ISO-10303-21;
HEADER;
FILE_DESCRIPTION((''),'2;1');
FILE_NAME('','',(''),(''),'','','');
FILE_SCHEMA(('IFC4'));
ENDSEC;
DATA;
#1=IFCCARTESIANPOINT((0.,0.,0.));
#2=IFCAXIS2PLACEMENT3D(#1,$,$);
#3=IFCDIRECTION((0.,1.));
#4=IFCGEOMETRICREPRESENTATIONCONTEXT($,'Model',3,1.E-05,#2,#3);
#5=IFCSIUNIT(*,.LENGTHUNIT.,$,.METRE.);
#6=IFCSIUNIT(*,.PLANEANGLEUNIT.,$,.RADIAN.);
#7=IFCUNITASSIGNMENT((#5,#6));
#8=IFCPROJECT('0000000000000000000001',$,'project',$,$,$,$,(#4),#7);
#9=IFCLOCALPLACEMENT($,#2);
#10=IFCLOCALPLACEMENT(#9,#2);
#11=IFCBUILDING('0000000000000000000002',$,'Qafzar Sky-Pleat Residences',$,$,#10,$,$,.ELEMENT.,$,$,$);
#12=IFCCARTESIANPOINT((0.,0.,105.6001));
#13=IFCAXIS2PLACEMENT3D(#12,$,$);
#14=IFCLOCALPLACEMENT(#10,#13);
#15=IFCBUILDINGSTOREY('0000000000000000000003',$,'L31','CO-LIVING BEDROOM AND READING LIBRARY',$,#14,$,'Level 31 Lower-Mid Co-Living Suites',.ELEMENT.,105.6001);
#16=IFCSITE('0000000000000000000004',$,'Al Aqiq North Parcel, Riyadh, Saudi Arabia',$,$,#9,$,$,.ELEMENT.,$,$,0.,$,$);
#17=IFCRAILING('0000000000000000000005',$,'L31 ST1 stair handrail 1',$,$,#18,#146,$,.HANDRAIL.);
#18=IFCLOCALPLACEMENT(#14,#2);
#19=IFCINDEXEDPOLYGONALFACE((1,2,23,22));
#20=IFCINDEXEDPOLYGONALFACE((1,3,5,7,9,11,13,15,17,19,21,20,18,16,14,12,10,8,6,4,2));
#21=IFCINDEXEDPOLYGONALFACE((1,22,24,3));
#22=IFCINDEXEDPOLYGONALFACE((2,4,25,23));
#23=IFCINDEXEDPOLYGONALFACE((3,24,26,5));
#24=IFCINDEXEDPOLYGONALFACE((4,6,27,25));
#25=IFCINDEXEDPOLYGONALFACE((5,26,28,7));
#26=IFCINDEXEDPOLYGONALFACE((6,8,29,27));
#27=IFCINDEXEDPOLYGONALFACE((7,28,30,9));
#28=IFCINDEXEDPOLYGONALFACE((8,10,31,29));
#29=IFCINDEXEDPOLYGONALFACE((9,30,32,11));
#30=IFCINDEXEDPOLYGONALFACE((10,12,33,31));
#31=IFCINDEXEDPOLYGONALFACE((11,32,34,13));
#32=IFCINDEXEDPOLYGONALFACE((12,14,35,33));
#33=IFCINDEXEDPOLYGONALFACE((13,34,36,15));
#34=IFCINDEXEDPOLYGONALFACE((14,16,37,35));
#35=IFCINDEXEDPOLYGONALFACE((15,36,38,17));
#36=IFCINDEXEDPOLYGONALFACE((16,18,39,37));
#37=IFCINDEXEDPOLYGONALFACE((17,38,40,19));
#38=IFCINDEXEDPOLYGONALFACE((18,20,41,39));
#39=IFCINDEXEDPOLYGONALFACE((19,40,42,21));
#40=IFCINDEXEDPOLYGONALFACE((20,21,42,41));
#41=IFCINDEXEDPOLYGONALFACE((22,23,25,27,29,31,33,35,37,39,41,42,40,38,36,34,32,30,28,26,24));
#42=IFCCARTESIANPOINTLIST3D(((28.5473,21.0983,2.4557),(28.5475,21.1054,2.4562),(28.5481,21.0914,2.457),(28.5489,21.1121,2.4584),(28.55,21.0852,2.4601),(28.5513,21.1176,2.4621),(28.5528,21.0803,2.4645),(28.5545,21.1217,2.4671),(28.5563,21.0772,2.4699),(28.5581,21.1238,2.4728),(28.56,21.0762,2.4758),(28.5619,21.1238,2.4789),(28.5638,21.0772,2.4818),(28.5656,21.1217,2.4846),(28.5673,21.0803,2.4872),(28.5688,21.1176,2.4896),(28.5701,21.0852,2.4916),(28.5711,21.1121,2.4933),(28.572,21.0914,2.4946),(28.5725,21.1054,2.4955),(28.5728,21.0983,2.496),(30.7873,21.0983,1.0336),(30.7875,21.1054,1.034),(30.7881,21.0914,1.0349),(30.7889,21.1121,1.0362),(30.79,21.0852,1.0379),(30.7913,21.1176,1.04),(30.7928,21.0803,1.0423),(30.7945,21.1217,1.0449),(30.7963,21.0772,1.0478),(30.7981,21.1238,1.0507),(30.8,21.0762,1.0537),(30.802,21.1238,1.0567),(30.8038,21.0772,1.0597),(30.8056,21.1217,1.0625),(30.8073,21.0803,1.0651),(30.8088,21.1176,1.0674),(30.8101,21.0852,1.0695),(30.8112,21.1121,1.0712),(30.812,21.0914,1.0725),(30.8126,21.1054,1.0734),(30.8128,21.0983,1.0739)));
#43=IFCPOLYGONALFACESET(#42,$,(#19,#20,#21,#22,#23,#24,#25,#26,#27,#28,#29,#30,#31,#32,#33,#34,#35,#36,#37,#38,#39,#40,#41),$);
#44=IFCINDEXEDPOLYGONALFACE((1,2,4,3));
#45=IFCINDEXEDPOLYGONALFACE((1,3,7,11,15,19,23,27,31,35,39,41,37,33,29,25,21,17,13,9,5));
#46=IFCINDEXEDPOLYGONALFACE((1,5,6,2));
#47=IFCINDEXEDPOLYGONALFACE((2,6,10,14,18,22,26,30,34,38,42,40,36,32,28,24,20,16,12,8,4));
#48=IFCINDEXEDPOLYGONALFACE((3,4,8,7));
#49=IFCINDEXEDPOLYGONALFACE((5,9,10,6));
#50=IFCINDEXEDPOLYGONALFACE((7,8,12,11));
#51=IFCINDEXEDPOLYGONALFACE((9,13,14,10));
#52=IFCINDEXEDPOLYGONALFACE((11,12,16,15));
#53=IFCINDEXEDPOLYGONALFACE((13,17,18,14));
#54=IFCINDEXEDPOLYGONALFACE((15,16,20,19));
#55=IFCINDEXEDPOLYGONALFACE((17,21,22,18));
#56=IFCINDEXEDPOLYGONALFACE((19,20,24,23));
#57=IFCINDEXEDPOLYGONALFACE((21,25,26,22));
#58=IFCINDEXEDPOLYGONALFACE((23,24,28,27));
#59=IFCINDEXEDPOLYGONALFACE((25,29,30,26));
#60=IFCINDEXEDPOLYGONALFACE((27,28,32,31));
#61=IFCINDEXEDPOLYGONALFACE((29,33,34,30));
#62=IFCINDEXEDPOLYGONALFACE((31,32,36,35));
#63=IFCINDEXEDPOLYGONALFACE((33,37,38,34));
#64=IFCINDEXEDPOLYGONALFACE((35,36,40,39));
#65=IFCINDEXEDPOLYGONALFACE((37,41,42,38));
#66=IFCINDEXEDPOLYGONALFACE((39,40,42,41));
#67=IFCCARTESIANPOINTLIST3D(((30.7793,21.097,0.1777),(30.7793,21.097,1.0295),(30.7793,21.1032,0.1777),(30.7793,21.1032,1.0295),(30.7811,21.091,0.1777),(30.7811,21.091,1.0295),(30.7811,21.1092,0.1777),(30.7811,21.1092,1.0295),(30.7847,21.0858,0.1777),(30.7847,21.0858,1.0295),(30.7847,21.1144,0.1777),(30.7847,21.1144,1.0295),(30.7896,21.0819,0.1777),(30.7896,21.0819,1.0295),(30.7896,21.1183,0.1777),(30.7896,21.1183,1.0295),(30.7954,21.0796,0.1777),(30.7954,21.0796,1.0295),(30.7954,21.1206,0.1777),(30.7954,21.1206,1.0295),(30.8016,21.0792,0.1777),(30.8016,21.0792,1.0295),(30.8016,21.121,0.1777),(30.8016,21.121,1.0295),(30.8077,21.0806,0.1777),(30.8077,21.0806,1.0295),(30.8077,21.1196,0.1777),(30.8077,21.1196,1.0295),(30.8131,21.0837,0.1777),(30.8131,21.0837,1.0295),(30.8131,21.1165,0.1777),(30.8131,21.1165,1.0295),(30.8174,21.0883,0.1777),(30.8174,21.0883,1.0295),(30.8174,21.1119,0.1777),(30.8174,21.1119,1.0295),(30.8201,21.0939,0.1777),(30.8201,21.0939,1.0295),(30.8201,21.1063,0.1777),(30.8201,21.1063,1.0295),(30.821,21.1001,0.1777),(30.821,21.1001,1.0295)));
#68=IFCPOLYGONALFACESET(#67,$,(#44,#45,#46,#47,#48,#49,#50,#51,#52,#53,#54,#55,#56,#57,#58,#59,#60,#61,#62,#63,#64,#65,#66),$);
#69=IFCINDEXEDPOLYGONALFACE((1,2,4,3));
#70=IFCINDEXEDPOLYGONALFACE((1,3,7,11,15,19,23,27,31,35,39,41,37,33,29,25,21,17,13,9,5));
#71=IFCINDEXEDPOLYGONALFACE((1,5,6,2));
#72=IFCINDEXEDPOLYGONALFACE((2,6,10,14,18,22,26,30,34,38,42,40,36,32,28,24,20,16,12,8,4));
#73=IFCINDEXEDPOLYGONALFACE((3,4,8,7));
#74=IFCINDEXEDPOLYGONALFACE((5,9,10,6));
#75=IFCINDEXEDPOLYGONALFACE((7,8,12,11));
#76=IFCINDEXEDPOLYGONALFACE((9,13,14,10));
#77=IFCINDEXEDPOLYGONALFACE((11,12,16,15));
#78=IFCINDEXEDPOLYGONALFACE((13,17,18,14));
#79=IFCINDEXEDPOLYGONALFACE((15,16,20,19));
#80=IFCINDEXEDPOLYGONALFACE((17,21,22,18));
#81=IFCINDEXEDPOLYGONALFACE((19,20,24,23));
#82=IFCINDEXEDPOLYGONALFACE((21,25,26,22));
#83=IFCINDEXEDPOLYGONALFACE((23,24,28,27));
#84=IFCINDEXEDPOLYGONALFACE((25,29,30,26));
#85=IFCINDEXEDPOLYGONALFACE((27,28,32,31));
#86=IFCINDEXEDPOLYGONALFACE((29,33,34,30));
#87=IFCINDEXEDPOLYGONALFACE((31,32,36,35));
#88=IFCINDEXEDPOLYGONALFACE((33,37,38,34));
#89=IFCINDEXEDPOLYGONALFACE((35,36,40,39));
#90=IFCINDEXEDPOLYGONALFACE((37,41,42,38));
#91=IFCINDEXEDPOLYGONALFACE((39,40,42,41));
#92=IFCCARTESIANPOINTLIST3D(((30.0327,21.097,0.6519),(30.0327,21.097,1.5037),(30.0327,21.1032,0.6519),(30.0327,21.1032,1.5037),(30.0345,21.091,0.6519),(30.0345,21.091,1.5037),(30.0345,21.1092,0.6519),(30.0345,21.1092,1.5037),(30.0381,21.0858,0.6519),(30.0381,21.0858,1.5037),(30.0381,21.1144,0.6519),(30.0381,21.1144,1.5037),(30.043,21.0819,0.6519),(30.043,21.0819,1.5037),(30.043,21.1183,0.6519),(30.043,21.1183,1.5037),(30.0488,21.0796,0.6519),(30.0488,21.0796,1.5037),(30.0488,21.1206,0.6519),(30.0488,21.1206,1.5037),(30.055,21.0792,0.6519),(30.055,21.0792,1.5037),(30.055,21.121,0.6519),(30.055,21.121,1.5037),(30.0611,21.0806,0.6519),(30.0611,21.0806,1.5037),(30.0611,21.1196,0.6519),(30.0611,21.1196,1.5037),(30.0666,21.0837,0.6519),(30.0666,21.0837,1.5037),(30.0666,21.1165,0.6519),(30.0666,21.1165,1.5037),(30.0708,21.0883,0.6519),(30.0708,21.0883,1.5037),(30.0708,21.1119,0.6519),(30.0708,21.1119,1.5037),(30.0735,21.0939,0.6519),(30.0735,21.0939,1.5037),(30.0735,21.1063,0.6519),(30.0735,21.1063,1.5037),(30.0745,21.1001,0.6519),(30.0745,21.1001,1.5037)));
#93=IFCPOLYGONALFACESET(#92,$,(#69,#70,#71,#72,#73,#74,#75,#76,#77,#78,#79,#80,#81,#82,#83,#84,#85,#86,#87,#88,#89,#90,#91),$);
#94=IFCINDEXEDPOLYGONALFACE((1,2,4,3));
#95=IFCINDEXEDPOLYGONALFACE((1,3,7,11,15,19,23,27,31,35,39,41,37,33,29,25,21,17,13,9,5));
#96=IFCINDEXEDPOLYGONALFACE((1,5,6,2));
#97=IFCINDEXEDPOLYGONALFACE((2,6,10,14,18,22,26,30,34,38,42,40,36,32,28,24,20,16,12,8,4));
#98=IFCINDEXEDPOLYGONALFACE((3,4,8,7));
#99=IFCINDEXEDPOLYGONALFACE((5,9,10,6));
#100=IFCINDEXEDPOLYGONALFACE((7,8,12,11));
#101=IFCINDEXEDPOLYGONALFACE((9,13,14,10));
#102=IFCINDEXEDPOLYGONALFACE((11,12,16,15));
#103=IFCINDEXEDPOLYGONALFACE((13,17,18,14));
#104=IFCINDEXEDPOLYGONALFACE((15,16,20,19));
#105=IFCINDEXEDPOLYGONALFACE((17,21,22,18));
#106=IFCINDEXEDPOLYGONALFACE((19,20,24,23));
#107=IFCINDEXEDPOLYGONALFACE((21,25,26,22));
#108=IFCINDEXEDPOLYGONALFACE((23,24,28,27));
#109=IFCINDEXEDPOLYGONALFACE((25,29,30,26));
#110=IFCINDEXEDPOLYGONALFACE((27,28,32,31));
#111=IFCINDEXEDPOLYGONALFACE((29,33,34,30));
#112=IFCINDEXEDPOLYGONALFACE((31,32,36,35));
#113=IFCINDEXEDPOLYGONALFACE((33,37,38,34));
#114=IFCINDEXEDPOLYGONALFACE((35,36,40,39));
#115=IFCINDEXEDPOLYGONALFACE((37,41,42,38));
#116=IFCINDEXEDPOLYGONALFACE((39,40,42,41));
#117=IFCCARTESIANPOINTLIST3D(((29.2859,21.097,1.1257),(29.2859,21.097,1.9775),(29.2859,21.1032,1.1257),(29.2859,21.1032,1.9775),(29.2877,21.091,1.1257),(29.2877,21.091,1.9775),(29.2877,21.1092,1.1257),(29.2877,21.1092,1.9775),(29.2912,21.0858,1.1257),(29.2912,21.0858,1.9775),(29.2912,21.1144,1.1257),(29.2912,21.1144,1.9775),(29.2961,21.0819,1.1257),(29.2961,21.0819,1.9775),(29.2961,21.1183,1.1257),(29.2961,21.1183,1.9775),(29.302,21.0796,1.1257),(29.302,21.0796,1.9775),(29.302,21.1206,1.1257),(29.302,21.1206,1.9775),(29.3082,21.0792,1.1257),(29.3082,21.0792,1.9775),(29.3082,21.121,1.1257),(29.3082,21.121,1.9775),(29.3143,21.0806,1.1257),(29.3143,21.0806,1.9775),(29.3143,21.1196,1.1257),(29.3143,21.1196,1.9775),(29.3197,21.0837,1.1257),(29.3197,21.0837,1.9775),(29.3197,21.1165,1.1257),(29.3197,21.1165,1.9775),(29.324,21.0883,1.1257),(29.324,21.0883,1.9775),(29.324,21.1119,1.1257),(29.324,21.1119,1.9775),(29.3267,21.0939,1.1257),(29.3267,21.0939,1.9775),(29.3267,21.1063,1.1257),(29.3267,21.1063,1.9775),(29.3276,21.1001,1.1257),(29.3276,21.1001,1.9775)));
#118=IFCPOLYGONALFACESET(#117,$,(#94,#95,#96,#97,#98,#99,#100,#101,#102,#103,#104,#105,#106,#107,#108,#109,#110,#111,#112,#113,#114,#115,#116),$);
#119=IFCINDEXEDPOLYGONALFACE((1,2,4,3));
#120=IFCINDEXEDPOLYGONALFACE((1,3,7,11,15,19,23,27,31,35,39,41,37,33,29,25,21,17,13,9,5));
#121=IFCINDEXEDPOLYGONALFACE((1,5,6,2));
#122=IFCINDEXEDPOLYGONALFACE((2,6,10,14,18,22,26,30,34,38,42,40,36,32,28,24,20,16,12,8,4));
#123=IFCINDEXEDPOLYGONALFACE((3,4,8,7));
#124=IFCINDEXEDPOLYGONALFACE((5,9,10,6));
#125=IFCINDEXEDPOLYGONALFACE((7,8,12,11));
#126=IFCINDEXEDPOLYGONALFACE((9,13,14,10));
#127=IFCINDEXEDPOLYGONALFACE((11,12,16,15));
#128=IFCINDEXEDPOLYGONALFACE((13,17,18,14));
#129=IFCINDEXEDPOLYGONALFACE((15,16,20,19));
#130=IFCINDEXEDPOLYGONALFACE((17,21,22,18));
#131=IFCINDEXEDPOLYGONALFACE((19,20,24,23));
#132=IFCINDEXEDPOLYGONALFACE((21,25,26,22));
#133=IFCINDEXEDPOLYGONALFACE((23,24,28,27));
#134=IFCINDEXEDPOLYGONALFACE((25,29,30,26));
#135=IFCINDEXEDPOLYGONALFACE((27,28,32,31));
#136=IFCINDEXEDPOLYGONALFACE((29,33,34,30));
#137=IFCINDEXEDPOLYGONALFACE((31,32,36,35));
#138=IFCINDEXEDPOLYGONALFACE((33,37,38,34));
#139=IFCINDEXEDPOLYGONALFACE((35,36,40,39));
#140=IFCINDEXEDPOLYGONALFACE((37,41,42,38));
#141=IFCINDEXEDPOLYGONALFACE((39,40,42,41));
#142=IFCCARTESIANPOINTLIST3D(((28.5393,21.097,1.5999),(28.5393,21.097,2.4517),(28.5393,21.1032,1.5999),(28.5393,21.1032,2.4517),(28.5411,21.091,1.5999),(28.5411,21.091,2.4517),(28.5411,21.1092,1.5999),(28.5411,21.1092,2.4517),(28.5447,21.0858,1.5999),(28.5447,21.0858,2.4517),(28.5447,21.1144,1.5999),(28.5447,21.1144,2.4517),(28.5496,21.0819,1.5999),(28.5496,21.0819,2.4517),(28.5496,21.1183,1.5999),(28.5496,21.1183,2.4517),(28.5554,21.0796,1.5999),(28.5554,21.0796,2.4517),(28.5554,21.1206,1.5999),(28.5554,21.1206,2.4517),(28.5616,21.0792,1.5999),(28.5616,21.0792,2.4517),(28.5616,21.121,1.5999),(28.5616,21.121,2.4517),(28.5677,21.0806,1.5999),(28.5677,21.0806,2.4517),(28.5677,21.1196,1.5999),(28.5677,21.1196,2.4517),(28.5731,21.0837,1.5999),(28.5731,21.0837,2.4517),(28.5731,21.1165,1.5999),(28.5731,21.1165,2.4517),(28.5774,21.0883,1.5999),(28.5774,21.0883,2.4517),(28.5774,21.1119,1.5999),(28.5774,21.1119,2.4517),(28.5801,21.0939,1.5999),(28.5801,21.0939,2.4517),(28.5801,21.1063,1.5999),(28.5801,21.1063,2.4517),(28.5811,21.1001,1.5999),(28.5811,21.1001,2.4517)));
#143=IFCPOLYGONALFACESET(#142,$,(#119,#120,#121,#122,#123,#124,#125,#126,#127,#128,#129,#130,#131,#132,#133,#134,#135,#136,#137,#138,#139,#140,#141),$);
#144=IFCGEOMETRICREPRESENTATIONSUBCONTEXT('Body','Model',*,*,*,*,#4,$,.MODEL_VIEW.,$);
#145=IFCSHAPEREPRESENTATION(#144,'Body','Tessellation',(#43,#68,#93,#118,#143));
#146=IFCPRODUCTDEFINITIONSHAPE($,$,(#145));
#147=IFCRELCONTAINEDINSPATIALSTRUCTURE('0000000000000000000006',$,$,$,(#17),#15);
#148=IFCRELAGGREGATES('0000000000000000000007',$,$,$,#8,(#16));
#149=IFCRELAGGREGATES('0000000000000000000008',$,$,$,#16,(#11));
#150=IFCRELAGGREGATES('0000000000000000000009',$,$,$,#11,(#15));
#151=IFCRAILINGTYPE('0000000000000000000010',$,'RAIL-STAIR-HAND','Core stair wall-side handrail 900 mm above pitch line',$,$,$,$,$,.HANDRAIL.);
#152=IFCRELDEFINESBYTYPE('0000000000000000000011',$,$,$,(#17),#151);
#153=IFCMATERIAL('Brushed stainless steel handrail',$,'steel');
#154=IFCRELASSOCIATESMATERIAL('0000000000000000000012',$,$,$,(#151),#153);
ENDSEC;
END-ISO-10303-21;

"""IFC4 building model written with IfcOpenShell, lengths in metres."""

from ifc_helpers import new_model, si_unit, direction, frame, origin, origin_2d, place, context, subcontext, project, spatial, circle, extrude, source, transform, mapped, material, type_object, element, save


model = new_model("IFC4")

# Units and contexts
model_context = context("Model", 3, precision=1e-05, world=origin(), true_north=direction((0.0, 1.0)))
body_context = subcontext(model_context, "Body", "Model", "MODEL_VIEW")
ifc_project = project(units=[si_unit("LENGTHUNIT", "METRE"), si_unit("PLANEANGLEUNIT", "RADIAN")], contexts=[model_context])

# Site, building, storey
site_placement = place(None, origin())
site = spatial("IfcSite", under=ifc_project, at=site_placement, Name="Al Aqiq North Parcel, Riyadh, Saudi Arabia", CompositionType="ELEMENT", RefElevation=0.0)
building_placement = place(site_placement, origin())
building = spatial("IfcBuilding", under=site, at=building_placement, Name="Qafzar Sky-Pleat Residences", CompositionType="ELEMENT")
storey_placement = place(building_placement, frame((0.0, 0.0, 105.6001)))
storey = spatial("IfcBuildingStorey", under=building, at=storey_placement, Name="L31", Description="CO-LIVING BEDROOM AND READING LIBRARY", LongName="Level 31 Lower-Mid Co-Living Suites", CompositionType="ELEMENT", Elevation=105.6001)

# Railing
ifc_material_1 = material(Name="Brushed stainless steel handrail", Category="steel")
railing_type_1 = type_object("IfcRailingType", Name="RAIL-STAIR-HAND", Description="Core stair wall-side handrail 900 mm above pitch line", PredefinedType="HANDRAIL", material=ifc_material_1)
shared_shape_1 = source(origin(), body_context, "Body", "SweptSolid", [
    extrude(circle(Radius=0.0239, at=origin_2d()), frame((0.0, 0.0, 0.876), z_axis=(-0.844229, 0.0, 0.535982), x_axis=(0.0, -1.0, 0.0)), (0.0, 0.0, 1.0), 2.6533),
    extrude(circle(Radius=0.021, at=origin_2d()), origin(), (0.0, 0.0, 1.0), 0.8518),
    extrude(circle(Radius=0.021, at=origin_2d()), frame((-0.7466, 0.0, 0.4741)), (0.0, 0.0, 1.0), 0.8518),
    extrude(circle(Radius=0.021, at=origin_2d()), frame((-1.4934, 0.0, 0.948)), (0.0, 0.0, 1.0), 0.8518),
    extrude(circle(Radius=0.021, at=origin_2d()), frame((-2.24, 0.0, 1.4221)), (0.0, 0.0, 1.0), 0.8518),
])
railing_1_placement = place(storey_placement, frame((30.8, 21.1001, 0.1777)))
element("IfcRailing", 1, at=railing_1_placement, inside=storey, type_object=railing_type_1, Name="L31 ST1 stair handrail 1", PredefinedType="HANDRAIL", context=body_context, shape_type="MappedRepresentation", body=[
    mapped(shared_shape_1, transform((0.0, 0.0, 0.0), x_axis=(1.0, 0.0, 0.0), y_axis=(0.0, 1.0, 0.0), z_axis=(0.0, 0.0, 1.0), scale=1.0)),
])

save(model, "model.ifc")
